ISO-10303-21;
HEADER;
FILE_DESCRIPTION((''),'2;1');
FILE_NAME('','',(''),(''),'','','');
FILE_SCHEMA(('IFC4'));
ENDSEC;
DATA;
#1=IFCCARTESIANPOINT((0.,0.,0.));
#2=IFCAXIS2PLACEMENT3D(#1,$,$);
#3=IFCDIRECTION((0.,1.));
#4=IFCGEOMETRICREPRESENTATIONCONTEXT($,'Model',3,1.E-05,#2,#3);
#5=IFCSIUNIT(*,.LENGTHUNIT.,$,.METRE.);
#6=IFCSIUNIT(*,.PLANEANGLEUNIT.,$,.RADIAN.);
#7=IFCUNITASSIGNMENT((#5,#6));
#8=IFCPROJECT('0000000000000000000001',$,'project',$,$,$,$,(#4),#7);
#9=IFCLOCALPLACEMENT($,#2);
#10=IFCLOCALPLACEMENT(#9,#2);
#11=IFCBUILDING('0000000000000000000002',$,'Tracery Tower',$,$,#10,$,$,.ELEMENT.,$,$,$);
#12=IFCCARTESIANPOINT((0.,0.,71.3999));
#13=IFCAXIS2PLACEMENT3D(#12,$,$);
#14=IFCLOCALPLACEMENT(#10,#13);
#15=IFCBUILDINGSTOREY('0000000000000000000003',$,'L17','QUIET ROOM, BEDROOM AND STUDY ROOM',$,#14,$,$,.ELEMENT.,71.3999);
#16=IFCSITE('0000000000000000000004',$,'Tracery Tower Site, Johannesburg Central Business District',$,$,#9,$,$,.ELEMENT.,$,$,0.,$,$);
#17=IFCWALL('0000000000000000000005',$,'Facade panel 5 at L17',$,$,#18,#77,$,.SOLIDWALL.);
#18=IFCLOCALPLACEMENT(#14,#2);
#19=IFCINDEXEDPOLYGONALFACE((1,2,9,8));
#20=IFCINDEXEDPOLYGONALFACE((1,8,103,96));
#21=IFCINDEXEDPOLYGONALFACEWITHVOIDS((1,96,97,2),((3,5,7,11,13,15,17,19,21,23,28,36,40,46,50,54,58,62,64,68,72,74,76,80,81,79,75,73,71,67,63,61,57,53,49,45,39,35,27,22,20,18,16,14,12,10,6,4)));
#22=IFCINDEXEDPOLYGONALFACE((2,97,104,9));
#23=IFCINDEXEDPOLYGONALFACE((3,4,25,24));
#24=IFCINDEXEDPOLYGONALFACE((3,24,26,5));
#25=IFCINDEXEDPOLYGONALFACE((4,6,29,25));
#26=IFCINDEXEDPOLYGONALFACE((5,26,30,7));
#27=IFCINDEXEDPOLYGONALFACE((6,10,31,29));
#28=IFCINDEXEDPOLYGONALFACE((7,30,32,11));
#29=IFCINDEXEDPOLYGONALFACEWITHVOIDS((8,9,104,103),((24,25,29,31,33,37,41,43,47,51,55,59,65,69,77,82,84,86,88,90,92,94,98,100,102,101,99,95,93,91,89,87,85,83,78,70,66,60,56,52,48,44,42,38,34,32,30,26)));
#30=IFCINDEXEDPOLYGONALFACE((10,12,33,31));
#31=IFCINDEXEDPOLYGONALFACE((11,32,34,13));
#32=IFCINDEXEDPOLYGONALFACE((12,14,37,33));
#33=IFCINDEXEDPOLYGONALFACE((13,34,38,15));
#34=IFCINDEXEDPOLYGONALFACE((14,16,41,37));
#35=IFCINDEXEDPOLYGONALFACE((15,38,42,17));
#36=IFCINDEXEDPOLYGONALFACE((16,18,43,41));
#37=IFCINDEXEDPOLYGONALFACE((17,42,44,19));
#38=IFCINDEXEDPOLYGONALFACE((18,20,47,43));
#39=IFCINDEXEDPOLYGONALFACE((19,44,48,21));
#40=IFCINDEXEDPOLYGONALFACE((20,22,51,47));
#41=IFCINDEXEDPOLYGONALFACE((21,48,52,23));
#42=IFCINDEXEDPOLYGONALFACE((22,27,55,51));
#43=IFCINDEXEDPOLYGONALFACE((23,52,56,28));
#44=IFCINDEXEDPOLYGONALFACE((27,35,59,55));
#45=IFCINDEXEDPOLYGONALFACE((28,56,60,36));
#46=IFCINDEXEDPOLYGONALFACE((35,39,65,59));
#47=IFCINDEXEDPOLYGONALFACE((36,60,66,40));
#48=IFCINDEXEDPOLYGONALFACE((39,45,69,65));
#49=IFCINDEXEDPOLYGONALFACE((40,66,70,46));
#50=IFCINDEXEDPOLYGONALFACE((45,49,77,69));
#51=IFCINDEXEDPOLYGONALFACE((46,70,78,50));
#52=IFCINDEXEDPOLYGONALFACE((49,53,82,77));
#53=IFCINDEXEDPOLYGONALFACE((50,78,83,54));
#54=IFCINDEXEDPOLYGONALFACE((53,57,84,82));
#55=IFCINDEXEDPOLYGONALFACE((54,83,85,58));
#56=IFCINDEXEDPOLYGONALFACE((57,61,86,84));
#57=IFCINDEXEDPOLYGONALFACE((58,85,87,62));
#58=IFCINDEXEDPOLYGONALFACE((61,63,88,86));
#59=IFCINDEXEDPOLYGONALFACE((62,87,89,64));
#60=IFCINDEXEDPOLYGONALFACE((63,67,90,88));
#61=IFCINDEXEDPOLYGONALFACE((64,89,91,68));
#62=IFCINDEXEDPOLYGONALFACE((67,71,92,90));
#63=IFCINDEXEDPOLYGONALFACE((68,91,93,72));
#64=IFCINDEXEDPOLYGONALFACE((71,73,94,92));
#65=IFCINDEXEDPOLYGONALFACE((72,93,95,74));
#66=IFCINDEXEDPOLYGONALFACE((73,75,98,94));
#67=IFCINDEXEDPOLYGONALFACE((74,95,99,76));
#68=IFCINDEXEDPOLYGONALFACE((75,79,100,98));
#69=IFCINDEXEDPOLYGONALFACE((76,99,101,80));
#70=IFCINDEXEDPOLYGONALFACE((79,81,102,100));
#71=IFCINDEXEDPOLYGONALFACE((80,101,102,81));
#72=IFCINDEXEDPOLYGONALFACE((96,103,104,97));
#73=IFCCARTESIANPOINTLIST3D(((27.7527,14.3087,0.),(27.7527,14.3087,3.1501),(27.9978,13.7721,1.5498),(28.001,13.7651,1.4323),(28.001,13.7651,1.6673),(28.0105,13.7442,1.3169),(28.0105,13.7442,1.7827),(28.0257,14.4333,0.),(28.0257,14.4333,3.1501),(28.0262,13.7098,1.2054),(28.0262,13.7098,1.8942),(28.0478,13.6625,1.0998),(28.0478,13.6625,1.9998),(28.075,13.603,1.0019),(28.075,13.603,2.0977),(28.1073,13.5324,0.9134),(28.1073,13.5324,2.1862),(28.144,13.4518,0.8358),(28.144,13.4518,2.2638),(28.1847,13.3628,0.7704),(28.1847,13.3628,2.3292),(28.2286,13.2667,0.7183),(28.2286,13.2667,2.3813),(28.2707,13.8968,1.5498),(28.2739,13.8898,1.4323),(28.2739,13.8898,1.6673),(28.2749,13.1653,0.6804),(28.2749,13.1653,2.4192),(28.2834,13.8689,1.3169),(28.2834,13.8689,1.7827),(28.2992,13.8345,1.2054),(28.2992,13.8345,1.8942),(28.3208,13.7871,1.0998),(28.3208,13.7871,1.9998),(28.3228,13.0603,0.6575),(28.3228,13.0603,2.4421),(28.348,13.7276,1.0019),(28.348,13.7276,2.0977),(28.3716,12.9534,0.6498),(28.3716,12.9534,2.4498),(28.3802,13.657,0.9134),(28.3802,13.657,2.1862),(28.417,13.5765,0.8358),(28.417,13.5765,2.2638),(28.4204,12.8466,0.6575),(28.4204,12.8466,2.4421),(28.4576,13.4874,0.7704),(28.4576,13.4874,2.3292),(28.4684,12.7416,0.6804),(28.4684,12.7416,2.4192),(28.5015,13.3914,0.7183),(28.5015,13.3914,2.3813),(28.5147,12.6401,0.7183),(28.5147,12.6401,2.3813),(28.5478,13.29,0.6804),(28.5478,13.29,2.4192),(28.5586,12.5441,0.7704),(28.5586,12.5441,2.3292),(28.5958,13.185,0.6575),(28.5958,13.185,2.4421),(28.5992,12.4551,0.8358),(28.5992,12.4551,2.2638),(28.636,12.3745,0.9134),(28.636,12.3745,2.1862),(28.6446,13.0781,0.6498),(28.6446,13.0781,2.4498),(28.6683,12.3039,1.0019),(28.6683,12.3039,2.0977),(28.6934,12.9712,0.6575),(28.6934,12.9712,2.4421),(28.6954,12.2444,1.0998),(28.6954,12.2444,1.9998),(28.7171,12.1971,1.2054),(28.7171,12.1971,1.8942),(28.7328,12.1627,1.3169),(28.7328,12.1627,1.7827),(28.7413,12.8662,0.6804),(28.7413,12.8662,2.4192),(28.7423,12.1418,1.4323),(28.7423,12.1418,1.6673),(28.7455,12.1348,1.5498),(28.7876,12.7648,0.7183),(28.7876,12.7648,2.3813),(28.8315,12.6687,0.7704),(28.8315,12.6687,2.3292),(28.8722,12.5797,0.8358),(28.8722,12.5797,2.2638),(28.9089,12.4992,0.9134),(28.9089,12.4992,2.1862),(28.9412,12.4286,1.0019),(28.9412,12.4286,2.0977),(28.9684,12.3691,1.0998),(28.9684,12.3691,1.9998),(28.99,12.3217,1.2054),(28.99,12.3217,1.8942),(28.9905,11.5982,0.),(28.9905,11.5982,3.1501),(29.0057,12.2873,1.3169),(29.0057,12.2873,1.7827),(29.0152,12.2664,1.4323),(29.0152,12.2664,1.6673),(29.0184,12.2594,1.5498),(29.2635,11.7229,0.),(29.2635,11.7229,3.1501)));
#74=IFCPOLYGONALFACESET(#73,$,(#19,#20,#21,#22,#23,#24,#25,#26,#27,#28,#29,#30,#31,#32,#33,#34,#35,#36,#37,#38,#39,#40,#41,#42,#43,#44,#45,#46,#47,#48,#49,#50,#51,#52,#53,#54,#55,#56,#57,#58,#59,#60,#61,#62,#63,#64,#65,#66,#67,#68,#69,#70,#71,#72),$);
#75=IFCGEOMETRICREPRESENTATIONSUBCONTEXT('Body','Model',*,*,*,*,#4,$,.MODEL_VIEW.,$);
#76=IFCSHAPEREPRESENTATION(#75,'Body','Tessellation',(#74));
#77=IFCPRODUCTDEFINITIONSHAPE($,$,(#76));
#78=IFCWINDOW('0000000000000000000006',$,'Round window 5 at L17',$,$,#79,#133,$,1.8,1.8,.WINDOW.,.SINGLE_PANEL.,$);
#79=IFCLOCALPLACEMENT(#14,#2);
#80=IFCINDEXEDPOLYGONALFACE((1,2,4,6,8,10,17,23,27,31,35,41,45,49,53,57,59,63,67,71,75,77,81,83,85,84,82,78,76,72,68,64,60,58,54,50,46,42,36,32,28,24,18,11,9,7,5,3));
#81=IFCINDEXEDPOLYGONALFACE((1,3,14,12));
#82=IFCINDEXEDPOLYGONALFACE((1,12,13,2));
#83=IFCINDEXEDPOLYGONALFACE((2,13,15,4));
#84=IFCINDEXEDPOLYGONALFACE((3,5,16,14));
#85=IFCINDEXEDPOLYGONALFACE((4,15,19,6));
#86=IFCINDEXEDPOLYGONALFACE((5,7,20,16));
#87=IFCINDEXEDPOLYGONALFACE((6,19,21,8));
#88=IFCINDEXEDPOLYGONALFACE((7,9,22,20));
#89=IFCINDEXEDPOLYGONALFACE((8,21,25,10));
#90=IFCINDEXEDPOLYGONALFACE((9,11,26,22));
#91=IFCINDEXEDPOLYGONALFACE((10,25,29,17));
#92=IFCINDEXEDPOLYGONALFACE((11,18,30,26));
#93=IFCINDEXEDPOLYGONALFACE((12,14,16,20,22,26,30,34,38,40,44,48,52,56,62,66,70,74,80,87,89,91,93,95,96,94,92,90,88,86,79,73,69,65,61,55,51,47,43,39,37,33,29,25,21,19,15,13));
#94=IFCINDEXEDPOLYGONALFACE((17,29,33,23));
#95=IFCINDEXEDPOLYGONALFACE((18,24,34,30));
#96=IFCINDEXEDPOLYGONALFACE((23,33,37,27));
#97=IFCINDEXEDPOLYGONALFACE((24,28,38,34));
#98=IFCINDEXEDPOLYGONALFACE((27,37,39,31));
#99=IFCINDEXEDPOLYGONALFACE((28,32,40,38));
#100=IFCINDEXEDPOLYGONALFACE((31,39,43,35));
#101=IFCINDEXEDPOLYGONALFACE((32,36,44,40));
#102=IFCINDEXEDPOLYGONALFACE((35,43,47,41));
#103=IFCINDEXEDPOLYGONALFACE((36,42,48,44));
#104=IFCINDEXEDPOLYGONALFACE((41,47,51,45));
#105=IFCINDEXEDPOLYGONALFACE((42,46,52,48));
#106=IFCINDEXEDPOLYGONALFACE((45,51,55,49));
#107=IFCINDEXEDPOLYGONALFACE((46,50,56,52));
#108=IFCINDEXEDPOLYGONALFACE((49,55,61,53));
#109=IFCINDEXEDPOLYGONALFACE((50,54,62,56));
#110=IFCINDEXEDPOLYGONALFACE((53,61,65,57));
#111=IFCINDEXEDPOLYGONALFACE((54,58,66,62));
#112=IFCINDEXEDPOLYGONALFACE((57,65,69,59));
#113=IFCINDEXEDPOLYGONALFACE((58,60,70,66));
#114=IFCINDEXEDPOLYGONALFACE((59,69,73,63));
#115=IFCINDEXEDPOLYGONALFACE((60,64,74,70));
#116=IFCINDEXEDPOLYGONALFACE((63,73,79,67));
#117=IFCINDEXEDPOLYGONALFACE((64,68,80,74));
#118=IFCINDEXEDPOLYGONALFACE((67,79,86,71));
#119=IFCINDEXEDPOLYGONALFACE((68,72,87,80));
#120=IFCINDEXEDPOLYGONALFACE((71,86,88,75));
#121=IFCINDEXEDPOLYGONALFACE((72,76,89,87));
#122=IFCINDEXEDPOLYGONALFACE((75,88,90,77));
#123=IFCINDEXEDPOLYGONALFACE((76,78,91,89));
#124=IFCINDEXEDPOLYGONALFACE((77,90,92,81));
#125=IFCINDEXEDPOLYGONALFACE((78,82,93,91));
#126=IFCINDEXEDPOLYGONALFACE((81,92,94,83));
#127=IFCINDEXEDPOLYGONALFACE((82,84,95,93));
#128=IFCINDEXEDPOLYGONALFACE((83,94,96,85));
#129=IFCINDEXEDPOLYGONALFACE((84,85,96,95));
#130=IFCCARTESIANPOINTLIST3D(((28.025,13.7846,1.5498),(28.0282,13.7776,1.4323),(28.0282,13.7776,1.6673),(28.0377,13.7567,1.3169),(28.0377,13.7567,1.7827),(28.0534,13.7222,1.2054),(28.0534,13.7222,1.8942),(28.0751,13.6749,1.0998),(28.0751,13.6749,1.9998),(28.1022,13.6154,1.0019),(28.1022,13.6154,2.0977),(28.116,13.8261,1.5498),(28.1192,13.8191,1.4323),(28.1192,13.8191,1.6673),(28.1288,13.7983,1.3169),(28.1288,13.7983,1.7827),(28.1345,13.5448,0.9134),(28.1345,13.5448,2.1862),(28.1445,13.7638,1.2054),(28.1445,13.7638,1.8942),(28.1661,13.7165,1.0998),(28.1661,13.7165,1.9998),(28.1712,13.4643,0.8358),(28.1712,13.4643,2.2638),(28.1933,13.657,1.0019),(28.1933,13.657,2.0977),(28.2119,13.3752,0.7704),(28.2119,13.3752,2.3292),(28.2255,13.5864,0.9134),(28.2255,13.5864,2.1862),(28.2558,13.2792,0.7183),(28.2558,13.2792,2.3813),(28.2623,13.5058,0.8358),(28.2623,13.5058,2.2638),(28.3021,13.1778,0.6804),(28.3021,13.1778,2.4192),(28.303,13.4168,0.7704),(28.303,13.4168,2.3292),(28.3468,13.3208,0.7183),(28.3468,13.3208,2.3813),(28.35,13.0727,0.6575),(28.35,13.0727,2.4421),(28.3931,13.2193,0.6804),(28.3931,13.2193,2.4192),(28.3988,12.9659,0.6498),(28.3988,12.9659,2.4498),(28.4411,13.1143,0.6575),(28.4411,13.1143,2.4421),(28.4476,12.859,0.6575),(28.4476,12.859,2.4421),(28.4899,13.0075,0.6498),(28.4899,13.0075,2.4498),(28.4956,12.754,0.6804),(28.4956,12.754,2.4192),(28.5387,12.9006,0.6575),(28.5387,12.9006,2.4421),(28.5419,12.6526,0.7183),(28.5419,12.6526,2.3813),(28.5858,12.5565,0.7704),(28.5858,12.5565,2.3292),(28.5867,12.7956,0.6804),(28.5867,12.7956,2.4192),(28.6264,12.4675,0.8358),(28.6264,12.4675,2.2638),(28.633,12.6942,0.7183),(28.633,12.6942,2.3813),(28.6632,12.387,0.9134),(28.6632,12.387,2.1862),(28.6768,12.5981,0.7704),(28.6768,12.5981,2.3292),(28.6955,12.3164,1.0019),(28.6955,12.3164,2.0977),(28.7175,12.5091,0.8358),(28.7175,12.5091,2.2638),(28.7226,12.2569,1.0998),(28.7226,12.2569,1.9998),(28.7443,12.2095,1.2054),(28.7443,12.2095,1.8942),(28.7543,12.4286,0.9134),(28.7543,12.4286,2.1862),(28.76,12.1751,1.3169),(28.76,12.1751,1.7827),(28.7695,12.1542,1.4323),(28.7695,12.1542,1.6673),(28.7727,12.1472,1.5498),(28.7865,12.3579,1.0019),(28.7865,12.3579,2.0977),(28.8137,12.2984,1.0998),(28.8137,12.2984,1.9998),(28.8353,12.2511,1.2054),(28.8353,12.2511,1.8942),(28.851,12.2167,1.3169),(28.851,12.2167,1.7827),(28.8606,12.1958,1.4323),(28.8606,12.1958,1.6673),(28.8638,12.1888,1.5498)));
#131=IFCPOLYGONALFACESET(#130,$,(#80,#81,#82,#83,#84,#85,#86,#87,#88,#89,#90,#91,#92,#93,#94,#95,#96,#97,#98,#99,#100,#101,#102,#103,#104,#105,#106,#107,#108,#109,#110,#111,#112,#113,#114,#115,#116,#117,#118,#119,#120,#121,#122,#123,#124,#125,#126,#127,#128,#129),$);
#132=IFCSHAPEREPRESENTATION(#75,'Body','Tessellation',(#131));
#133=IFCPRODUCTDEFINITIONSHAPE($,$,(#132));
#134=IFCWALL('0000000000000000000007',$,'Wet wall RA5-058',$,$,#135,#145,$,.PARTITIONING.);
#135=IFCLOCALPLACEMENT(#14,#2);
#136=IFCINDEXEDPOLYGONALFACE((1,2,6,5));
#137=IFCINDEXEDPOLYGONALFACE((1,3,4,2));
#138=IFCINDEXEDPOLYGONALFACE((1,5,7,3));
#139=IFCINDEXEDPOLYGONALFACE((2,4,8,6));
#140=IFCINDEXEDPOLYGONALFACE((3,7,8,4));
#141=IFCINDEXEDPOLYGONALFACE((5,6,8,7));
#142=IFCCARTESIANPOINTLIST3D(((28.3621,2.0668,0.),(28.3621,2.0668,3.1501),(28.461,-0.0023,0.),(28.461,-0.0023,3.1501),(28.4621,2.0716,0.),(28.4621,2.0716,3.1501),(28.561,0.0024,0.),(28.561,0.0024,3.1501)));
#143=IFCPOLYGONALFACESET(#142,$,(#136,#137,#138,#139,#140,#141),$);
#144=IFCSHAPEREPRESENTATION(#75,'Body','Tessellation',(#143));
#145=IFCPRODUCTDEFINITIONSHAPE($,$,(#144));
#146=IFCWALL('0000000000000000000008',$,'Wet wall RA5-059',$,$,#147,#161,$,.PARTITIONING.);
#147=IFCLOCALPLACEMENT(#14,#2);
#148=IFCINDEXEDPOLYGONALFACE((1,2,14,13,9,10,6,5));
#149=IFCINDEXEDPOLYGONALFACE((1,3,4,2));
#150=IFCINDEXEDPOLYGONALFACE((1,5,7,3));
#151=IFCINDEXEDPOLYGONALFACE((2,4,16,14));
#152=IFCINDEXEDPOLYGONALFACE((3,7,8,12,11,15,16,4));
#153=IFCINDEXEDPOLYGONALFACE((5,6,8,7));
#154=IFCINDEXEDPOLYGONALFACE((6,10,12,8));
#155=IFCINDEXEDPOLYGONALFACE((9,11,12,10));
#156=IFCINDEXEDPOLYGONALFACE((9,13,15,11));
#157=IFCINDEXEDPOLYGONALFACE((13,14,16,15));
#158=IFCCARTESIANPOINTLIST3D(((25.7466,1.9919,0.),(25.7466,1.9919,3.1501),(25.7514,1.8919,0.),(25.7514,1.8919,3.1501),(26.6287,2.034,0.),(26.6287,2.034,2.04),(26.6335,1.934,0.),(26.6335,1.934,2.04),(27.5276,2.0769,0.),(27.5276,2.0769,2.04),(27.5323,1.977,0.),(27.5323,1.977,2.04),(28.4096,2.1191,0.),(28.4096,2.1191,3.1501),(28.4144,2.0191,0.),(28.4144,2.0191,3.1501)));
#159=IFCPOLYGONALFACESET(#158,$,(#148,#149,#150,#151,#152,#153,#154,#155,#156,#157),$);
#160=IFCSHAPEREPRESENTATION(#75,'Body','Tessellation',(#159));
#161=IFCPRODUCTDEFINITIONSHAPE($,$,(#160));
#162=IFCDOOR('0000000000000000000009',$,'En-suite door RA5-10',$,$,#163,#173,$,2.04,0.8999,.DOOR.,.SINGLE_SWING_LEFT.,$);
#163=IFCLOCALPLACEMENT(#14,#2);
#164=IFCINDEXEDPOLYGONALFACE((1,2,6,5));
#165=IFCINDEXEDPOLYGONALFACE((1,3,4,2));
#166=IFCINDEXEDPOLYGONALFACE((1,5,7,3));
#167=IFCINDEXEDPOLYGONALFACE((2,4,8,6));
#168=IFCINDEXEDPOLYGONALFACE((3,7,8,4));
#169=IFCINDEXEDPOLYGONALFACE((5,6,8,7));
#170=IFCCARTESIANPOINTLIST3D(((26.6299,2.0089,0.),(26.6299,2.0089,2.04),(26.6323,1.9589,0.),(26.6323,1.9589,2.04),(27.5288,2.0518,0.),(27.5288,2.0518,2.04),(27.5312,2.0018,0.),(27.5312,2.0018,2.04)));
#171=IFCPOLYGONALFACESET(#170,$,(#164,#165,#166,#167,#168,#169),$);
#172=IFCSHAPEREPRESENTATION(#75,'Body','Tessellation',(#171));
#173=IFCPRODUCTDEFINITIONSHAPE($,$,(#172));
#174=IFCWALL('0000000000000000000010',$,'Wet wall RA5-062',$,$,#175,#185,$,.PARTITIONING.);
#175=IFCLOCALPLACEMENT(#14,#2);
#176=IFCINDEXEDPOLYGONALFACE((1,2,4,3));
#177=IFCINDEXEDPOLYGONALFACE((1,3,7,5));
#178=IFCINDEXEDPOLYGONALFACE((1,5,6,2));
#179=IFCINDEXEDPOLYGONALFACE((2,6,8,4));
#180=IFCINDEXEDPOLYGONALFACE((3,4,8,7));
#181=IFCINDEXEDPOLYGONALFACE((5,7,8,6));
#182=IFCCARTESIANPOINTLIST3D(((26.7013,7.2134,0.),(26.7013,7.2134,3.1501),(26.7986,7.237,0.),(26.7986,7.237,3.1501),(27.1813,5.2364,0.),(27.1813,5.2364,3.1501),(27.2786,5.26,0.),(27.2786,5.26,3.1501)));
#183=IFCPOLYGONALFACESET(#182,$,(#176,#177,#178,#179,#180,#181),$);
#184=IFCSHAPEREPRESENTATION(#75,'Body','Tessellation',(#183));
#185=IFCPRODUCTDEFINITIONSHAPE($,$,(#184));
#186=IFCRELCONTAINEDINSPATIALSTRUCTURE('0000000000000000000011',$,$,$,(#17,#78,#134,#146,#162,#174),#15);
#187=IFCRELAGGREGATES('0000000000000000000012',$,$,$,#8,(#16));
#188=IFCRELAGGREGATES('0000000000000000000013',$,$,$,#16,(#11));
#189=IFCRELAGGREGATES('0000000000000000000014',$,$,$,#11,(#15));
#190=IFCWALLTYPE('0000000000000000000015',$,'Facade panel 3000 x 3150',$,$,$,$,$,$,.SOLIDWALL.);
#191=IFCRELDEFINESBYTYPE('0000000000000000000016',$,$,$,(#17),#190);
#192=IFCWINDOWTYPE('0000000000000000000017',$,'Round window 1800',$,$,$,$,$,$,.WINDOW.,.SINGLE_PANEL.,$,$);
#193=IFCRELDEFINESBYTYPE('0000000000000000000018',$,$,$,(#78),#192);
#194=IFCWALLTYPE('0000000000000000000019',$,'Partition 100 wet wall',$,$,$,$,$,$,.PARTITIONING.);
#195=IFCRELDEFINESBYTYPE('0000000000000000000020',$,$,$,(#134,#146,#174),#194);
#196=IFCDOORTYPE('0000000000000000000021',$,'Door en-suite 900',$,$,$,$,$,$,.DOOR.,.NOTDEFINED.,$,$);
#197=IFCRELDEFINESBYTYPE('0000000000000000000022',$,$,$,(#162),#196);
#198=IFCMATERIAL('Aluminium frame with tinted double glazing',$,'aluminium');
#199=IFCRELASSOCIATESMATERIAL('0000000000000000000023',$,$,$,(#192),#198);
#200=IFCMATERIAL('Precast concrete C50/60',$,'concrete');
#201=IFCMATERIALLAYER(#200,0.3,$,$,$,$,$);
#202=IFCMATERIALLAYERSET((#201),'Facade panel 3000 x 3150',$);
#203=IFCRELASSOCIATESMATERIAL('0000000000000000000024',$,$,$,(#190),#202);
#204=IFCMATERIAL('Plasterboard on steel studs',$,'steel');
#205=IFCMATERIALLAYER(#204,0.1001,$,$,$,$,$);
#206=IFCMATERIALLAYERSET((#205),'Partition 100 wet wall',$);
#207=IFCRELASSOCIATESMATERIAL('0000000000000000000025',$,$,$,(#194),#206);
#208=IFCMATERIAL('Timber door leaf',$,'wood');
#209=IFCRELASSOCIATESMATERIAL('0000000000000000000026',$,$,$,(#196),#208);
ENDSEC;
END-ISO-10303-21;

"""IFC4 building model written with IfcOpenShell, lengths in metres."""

from ifc_helpers import new_model, si_unit, direction, frame, frame_2d, origin, origin_2d, place, context, subcontext, project, spatial, rectangle, circle, extrude, material, layer, layer_set, type_object, element, fill, save


model = new_model("IFC4")

# Units and contexts
model_context = context("Model", 3, precision=1e-05, world=origin(), true_north=direction((0.0, 1.0)))
body_context = subcontext(model_context, "Body", "Model", "MODEL_VIEW")
ifc_project = project(units=[si_unit("LENGTHUNIT", "METRE"), si_unit("PLANEANGLEUNIT", "RADIAN")], contexts=[model_context])

# Site, building, storey
site_placement = place(None, origin())
site = spatial("IfcSite", under=ifc_project, at=site_placement, Name="Tracery Tower Site, Johannesburg Central Business District", CompositionType="ELEMENT", RefElevation=0.0)
building_placement = place(site_placement, origin())
building = spatial("IfcBuilding", under=site, at=building_placement, Name="Tracery Tower", CompositionType="ELEMENT")
storey_placement = place(building_placement, frame((0.0, 0.0, 71.3999)))
storey = spatial("IfcBuildingStorey", under=building, at=storey_placement, Name="L17", Description="QUIET ROOM, BEDROOM AND STUDY ROOM", CompositionType="ELEMENT", Elevation=71.3999)

# Wall, opening, window
ifc_material_1 = material(Name="Aluminium frame with tinted double glazing", Category="aluminium")
window_type = type_object("IfcWindowType", Name="Round window 1800", PartitioningType="SINGLE_PANEL", PredefinedType="WINDOW", material=ifc_material_1)
ifc_material_2 = material(Name="Precast concrete C50/60", Category="concrete")
ifc_layer_1 = layer(ifc_material_2, 0.3)
ifc_layer_set_1 = layer_set([ifc_layer_1], Name="Facade panel 3000 x 3150")
wall_type_1 = type_object("IfcWallType", Name="Facade panel 3000 x 3150", PredefinedType="SOLIDWALL", material=ifc_layer_set_1)
wall_1_placement = place(storey_placement, frame((29.127, 11.6606, 0.0), z_axis=(0.0, 0.0, 1.0), x_axis=(-0.415407, 0.909636, 0.0)))
wall_1 = element("IfcWall", 1, at=wall_1_placement, inside=storey, type_object=wall_type_1, Name="Facade panel 5 at L17", PredefinedType="SOLIDWALL", context=body_context, shape_type="SweptSolid", body=[
    extrude(rectangle(XDim=2.9797, YDim=0.3, at=frame_2d((1.4897, 0.0))), origin(), (0.0, 0.0, 1.0), 3.1501),
])
opening_1_placement = place(wall_1_placement, frame((1.4897, 0.0, 1.5498)))
opening_1 = element("IfcOpeningElement", 2, at=opening_1_placement, cuts=wall_1, PredefinedType="OPENING", context=body_context, shape_type="SweptSolid", body=[
    extrude(circle(Radius=0.9, at=origin_2d()), frame((0.0, 0.1599, 0.0), z_axis=(0.0, -1.0, 0.0), x_axis=(1.0, 0.0, 0.0)), (0.0, 0.0, 1.0), 0.3201),
])
window_1_placement = place(opening_1_placement, origin())
window_1 = element("IfcWindow", 3, at=window_1_placement, inside=storey, type_object=window_type, Name="Round window 5 at L17", OverallHeight=1.8, OverallWidth=1.8, PartitioningType="SINGLE_PANEL", PredefinedType="WINDOW", context=body_context, shape_type="SweptSolid", body=[
    extrude(circle(Radius=0.9, at=origin_2d()), frame((0.0, 0.1201, 0.0), z_axis=(0.0, -1.0, 0.0), x_axis=(1.0, 0.0, 0.0)), (0.0, 0.0, 1.0), 0.1001),
])
fill(opening_1, window_1)

# Wall
ifc_material_3 = material(Name="Plasterboard on steel studs", Category="steel")
ifc_layer_2 = layer(ifc_material_3, 0.1001)
ifc_layer_set_2 = layer_set([ifc_layer_2], Name="Partition 100 wet wall")
wall_type_2 = type_object("IfcWallType", Name="Partition 100 wet wall", PredefinedType="PARTITIONING", material=ifc_layer_set_2)
wall_2_placement = place(storey_placement, frame((28.4121, 2.0691, 0.0), z_axis=(0.0, 0.0, 1.0), x_axis=(0.047733, -0.99886, 0.0)))
element("IfcWall", 4, at=wall_2_placement, inside=storey, type_object=wall_type_2, Name="Wet wall RA5-058", PredefinedType="PARTITIONING", context=body_context, shape_type="SweptSolid", body=[
    extrude(rectangle(XDim=2.0715, YDim=0.1001, at=frame_2d((1.0356, 0.0))), origin(), (0.0, 0.0, 1.0), 3.1501),
])

# Wall, opening, door
wall_3_placement = place(storey_placement, frame((25.749, 1.9419, 0.0), z_axis=(0.0, 0.0, 1.0), x_axis=(0.998861, 0.047709, 0.0)))
wall_3 = element("IfcWall", 5, at=wall_3_placement, inside=storey, type_object=wall_type_2, Name="Wet wall RA5-059", PredefinedType="PARTITIONING", context=body_context, shape_type="SweptSolid", body=[
    extrude(rectangle(XDim=2.666, YDim=0.1001, at=frame_2d((1.333, 0.0))), origin(), (0.0, 0.0, 1.0), 3.1501),
])
opening_2_placement = place(wall_3_placement, frame((0.8831, 0.0, 0.0)))
opening_2 = element("IfcOpeningElement", 6, at=opening_2_placement, cuts=wall_3, PredefinedType="OPENING", context=body_context, shape_type="SweptSolid", body=[
    extrude(rectangle(XDim=0.8999, YDim=2.04, at=frame_2d((0.45, 1.02))), frame((0.0, 0.05, 0.0), z_axis=(0.0, -1.0, 0.0), x_axis=(1.0, 0.0, 0.0)), (0.0, 0.0, 1.0), 0.1001),
])
ifc_material_4 = material(Name="Timber door leaf", Category="wood")
door_type = type_object("IfcDoorType", Name="Door en-suite 900", OperationType="NOTDEFINED", PredefinedType="DOOR", material=ifc_material_4)
door_1_placement = place(opening_2_placement, origin())
door_1 = element("IfcDoor", 7, at=door_1_placement, inside=storey, type_object=door_type, Name="En-suite door RA5-10", OperationType="SINGLE_SWING_LEFT", OverallHeight=2.04, OverallWidth=0.8999, PredefinedType="DOOR", context=body_context, shape_type="SweptSolid", body=[
    extrude(rectangle(XDim=0.8999, YDim=2.04, at=frame_2d((0.45, 1.02))), frame((0.0, 0.0249, 0.0), z_axis=(0.0, -1.0, 0.0), x_axis=(1.0, 0.0, 0.0)), (0.0, 0.0, 1.0), 0.05),
])
fill(opening_2, door_1)

# Wall
wall_4_placement = place(storey_placement, frame((26.75, 7.2251, 0.0), z_axis=(0.0, 0.0, 1.0), x_axis=(0.235923, -0.971772, 0.0)))
element("IfcWall", 8, at=wall_4_placement, inside=storey, type_object=wall_type_2, Name="Wet wall RA5-062", PredefinedType="PARTITIONING", context=body_context, shape_type="SweptSolid", body=[
    extrude(rectangle(XDim=2.0344, YDim=0.1001, at=frame_2d((1.0171, 0.0))), origin(), (0.0, 0.0, 1.0), 3.1501),
])

save(model, "model.ifc")
